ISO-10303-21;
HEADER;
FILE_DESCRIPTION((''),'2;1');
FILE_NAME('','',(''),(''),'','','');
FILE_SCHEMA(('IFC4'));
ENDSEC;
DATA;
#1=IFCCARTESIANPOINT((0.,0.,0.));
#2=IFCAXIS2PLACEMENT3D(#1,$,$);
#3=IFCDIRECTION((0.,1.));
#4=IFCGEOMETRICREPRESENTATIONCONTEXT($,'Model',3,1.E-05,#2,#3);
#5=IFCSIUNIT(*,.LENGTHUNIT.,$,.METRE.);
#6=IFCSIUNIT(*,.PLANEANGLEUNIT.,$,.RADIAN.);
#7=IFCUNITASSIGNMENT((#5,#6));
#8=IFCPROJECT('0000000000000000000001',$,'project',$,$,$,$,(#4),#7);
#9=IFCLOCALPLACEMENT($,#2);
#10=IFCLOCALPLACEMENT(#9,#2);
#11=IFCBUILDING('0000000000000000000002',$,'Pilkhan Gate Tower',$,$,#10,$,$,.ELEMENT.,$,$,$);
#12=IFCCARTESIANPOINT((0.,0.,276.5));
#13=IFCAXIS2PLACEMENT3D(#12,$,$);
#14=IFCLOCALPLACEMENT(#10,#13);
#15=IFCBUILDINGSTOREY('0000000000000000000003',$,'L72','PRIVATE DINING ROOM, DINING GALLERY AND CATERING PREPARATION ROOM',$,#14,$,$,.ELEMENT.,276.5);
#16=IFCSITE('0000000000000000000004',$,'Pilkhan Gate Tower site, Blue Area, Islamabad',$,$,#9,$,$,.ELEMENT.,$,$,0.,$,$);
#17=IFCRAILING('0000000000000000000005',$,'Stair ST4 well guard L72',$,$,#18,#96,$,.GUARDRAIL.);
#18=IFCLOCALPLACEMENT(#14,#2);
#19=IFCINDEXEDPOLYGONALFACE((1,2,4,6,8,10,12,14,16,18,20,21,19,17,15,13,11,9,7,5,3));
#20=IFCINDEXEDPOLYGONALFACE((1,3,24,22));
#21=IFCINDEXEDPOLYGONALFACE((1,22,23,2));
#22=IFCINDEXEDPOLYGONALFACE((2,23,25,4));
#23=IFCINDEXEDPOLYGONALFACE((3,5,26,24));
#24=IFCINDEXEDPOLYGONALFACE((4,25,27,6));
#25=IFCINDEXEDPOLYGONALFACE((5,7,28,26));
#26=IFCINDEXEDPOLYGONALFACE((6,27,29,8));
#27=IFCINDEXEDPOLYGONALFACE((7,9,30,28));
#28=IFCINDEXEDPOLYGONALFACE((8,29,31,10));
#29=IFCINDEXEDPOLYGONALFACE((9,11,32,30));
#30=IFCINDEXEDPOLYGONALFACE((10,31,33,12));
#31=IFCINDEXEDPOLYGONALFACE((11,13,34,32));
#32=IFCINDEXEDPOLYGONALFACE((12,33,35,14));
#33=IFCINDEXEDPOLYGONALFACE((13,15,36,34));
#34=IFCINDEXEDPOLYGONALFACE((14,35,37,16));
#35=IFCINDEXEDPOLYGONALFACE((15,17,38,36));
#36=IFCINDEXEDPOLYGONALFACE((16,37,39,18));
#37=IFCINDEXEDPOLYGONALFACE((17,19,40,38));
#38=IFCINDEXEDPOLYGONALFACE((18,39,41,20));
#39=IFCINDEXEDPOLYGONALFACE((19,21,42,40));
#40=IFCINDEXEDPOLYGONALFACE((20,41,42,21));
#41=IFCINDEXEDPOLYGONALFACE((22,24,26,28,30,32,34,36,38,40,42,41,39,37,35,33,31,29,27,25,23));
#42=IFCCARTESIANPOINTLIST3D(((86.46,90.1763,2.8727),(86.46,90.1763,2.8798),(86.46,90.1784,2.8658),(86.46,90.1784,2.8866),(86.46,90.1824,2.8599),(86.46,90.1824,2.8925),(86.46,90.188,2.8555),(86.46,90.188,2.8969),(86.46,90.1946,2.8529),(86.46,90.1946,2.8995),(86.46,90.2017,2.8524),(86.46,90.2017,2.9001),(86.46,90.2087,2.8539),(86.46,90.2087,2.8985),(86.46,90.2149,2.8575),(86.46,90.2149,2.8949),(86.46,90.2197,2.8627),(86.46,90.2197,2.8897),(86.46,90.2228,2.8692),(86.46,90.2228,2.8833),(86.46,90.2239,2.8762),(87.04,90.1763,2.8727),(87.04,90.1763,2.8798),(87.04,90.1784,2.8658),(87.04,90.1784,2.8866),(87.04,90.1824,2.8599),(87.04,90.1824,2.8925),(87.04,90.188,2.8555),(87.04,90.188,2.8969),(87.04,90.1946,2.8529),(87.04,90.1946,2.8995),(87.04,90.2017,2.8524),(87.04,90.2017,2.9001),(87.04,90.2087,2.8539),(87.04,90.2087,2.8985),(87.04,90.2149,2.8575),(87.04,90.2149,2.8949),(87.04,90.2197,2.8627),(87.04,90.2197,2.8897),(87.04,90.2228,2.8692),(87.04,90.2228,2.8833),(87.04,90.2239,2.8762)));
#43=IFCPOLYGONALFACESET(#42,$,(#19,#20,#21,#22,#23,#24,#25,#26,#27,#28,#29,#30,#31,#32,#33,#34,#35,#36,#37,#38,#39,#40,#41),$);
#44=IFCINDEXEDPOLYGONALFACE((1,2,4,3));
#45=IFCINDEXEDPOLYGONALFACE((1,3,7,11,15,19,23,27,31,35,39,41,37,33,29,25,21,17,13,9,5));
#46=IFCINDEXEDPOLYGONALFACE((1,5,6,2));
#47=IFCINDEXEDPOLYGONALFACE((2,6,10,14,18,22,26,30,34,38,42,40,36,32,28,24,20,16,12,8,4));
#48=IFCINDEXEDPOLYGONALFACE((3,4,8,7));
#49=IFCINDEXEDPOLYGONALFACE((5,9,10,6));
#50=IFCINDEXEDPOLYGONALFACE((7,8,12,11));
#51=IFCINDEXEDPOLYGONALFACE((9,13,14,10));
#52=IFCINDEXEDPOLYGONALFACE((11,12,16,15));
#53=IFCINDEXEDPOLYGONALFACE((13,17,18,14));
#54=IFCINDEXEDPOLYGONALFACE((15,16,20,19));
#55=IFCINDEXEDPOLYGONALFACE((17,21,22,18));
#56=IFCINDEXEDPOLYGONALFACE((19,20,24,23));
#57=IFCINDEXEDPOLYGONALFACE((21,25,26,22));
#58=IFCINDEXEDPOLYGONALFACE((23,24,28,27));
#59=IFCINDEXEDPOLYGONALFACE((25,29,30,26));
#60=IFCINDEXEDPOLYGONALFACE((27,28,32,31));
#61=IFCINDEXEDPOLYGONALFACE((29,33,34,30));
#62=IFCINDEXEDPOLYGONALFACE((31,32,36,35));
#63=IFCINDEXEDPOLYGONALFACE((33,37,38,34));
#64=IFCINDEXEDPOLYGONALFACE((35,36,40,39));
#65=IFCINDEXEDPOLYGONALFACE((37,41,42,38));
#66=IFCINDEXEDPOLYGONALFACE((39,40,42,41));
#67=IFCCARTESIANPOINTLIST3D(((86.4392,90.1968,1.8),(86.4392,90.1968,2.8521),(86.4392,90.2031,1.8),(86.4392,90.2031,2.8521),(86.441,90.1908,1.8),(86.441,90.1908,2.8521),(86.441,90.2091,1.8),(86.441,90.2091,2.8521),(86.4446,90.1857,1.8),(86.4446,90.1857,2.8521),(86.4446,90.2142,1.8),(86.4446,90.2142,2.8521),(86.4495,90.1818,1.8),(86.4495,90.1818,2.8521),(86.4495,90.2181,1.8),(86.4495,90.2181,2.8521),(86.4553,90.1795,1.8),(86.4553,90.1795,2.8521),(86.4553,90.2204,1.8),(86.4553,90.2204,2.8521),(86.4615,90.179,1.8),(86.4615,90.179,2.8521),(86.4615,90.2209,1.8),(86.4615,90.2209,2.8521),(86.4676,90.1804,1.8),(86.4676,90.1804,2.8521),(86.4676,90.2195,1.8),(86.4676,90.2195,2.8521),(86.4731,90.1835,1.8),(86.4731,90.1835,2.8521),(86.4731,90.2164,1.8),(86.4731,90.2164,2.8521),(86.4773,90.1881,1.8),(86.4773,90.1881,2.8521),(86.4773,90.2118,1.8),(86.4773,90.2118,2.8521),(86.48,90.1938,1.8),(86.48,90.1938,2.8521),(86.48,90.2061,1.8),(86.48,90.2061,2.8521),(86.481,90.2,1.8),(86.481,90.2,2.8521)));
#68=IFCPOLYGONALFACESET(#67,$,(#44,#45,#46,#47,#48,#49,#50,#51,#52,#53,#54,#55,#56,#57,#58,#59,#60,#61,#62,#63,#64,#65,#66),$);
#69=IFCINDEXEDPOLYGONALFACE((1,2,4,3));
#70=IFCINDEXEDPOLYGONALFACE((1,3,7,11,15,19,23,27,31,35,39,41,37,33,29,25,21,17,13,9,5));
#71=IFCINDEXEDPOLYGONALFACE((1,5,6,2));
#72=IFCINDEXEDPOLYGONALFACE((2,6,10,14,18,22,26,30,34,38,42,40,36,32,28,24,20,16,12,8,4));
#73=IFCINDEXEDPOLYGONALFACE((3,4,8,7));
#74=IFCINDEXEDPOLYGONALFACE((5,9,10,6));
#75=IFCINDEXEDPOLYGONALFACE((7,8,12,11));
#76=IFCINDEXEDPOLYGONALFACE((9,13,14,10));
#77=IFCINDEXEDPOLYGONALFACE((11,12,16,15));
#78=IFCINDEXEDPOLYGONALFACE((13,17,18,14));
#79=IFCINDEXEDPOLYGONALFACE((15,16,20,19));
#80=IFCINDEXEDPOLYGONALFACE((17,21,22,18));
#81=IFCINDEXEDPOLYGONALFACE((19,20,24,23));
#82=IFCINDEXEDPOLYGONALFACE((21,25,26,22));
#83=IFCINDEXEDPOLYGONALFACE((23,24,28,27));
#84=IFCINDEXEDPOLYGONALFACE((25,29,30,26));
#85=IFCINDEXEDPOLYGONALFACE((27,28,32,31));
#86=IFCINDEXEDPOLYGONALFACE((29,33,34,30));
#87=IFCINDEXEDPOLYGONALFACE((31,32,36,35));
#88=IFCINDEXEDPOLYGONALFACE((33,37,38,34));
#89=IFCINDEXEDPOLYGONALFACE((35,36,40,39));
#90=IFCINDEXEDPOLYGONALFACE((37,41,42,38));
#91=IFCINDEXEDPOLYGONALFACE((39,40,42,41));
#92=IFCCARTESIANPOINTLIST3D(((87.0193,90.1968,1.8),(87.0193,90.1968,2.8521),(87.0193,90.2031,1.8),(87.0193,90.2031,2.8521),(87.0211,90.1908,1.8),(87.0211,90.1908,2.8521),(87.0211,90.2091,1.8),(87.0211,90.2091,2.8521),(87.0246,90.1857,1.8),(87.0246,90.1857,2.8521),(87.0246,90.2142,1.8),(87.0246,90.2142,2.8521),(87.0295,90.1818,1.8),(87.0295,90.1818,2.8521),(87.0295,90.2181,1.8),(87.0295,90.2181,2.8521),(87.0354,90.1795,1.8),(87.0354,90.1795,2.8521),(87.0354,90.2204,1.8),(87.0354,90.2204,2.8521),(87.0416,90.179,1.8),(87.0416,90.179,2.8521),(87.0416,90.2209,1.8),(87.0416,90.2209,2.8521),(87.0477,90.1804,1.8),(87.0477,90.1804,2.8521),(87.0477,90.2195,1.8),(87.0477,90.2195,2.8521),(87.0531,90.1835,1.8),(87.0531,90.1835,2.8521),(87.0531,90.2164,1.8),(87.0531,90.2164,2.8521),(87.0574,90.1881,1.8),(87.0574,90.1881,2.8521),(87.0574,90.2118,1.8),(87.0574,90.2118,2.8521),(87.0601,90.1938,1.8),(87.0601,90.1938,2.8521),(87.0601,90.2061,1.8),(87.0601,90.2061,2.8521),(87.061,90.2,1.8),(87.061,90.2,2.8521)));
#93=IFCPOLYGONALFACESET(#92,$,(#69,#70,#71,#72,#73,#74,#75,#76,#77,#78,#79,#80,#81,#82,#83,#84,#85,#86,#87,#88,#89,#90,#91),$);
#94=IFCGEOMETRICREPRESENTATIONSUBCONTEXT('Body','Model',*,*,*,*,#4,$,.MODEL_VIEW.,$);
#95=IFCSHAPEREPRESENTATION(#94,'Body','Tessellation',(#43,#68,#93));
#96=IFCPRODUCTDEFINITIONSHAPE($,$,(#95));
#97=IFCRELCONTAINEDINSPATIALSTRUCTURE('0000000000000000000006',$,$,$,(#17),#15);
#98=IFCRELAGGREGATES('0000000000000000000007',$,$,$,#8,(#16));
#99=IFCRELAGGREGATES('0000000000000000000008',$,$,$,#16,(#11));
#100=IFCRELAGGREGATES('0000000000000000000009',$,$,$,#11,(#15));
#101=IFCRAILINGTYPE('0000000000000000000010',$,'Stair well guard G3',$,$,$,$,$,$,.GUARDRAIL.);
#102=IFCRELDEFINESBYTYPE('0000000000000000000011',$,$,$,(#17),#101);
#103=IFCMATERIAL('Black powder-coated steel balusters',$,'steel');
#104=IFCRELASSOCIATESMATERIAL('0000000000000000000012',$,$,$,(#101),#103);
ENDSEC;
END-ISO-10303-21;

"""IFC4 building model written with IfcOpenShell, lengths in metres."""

from ifc_helpers import new_model, si_unit, direction, frame, origin, origin_2d, place, context, subcontext, project, spatial, circle, extrude, material, type_object, element, save


model = new_model("IFC4")

# Units and contexts
model_context = context("Model", 3, precision=1e-05, world=origin(), true_north=direction((0.0, 1.0)))
body_context = subcontext(model_context, "Body", "Model", "MODEL_VIEW")
ifc_project = project(units=[si_unit("LENGTHUNIT", "METRE"), si_unit("PLANEANGLEUNIT", "RADIAN")], contexts=[model_context])

# Site, building, storey
site_placement = place(None, origin())
site = spatial("IfcSite", under=ifc_project, at=site_placement, Name="Pilkhan Gate Tower site, Blue Area, Islamabad", CompositionType="ELEMENT", RefElevation=0.0)
building_placement = place(site_placement, origin())
building = spatial("IfcBuilding", under=site, at=building_placement, Name="Pilkhan Gate Tower", CompositionType="ELEMENT")
storey_placement = place(building_placement, frame((0.0, 0.0, 276.5)))
storey = spatial("IfcBuildingStorey", under=building, at=storey_placement, Name="L72", Description="PRIVATE DINING ROOM, DINING GALLERY AND CATERING PREPARATION ROOM", CompositionType="ELEMENT", Elevation=276.5)

# Railing
ifc_material_1 = material(Name="Black powder-coated steel balusters", Category="steel")
railing_type_1 = type_object("IfcRailingType", Name="Stair well guard G3", PredefinedType="GUARDRAIL", material=ifc_material_1)
for number, where, name in (
    (1, (86.46, 90.2, 1.8), "Stair ST4 well guard L72"),
):
    element("IfcRailing", number, at=place(storey_placement, frame(where)), inside=storey, type_object=railing_type_1, Name=name, PredefinedType="GUARDRAIL", context=body_context, shape_type="SweptSolid", body=[
        extrude(circle(Radius=0.0239, at=origin_2d()), frame((0.0, 0.0, 1.0762), z_axis=(1.0, 0.0, 0.0), x_axis=(0.0, 1.0, 0.0)), (0.0, 0.0, 1.0), 0.5801),
        extrude(circle(Radius=0.021, at=origin_2d()), origin(), (0.0, 0.0, 1.0), 1.052),
        extrude(circle(Radius=0.021, at=origin_2d()), frame((0.5801, 0.0, 0.0)), (0.0, 0.0, 1.0), 1.052),
    ])

save(model, "model.ifc")
